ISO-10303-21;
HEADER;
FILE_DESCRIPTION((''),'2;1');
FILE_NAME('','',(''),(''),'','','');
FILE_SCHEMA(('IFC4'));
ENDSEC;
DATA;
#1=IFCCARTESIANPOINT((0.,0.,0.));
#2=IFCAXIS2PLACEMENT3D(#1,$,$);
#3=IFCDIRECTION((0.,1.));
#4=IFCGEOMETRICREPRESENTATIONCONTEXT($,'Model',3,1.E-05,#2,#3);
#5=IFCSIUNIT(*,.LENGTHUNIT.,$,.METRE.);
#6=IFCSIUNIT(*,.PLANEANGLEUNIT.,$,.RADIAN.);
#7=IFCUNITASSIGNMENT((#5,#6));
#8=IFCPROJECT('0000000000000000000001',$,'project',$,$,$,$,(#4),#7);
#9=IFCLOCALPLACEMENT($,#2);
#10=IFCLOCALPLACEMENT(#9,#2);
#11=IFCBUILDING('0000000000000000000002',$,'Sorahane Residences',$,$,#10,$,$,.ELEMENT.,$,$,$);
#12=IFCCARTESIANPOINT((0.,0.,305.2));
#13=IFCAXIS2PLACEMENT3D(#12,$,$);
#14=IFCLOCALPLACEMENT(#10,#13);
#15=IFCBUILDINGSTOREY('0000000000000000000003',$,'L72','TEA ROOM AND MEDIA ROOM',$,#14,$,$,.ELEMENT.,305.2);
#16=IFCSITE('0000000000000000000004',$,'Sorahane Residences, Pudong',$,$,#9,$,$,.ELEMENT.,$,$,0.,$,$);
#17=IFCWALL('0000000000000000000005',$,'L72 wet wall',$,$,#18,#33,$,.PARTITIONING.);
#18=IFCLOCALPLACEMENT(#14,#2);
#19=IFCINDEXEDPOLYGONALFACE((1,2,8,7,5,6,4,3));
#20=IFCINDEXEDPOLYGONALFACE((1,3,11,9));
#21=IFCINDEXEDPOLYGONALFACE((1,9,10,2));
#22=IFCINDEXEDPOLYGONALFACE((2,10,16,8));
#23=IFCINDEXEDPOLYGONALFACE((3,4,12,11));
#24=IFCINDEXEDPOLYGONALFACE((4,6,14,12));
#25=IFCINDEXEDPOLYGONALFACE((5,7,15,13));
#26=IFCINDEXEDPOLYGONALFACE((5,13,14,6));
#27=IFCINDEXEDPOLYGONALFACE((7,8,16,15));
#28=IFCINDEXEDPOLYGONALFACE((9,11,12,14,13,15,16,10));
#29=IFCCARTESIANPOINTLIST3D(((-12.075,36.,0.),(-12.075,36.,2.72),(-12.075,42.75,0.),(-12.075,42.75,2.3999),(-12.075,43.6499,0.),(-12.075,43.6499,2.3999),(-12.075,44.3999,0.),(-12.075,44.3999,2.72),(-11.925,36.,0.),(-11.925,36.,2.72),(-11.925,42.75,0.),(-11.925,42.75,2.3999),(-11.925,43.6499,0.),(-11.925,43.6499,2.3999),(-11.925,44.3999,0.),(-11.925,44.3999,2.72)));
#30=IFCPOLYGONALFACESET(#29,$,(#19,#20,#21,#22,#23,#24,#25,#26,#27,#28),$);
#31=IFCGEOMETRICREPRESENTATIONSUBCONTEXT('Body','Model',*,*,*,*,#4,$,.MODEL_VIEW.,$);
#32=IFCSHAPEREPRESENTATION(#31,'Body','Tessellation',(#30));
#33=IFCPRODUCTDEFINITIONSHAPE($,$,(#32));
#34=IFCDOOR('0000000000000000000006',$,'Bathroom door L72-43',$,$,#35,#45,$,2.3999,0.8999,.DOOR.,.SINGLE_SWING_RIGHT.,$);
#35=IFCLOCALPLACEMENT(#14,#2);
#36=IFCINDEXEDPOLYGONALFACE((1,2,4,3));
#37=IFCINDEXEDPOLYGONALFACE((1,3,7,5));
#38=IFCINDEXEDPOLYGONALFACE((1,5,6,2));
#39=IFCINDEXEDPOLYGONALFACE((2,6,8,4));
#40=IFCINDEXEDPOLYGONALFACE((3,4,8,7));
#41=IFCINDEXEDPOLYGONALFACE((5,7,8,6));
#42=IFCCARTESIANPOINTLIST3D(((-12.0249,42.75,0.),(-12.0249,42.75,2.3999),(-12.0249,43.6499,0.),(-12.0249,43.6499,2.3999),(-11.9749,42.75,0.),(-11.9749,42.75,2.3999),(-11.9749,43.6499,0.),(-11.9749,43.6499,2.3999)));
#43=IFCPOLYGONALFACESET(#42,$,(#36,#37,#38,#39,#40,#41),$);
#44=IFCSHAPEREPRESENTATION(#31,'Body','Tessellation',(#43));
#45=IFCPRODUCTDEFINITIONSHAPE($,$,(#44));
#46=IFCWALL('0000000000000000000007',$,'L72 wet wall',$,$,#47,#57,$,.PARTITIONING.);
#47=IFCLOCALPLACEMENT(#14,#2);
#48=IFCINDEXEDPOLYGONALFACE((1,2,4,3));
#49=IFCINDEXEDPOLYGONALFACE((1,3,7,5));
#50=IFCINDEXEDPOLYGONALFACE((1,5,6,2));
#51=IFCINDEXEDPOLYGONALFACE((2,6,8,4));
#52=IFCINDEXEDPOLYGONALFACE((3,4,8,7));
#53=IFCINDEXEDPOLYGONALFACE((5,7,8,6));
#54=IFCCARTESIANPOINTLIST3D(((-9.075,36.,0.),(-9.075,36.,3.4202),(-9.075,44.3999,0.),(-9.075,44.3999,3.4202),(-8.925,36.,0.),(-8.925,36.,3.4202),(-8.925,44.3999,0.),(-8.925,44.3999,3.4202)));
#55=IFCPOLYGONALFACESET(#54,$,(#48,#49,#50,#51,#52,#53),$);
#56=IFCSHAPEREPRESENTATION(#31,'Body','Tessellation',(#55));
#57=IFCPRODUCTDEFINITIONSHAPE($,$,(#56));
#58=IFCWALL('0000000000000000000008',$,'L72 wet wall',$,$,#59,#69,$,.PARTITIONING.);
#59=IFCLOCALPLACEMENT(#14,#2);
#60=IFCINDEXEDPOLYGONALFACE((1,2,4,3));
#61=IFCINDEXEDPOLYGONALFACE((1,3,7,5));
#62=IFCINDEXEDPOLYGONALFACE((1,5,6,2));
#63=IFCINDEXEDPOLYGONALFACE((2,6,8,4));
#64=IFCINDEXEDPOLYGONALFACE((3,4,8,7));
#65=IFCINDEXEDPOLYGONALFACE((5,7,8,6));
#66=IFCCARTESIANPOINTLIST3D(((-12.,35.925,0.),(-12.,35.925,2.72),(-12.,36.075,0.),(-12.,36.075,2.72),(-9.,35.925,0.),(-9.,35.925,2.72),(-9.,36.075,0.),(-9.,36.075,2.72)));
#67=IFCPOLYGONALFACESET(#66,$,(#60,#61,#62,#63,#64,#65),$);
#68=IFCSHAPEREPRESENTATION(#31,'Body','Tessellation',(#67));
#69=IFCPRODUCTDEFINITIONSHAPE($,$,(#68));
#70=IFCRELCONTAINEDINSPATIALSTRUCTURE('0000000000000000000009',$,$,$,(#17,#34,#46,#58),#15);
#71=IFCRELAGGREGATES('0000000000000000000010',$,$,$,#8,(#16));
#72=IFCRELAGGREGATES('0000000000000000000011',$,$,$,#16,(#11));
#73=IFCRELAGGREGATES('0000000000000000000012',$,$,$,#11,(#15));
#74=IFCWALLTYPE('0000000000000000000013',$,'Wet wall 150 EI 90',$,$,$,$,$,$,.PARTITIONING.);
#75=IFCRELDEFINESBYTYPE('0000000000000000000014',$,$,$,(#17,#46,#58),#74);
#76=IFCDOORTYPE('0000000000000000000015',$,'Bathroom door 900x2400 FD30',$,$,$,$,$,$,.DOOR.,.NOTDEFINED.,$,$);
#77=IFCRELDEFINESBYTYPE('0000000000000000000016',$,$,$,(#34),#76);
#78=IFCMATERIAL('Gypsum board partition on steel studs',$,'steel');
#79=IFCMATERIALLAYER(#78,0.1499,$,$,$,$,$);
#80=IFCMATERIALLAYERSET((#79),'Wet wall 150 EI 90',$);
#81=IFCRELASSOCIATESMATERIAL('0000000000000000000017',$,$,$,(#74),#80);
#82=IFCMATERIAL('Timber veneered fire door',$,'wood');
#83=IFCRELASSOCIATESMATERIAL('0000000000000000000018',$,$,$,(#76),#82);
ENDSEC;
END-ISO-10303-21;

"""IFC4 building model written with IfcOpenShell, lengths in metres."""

from ifc_helpers import new_model, si_unit, direction, frame, frame_2d, origin, place, context, subcontext, project, spatial, rectangle, extrude, material, layer, layer_set, type_object, element, fill, save


model = new_model("IFC4")

# Units and contexts
model_context = context("Model", 3, precision=1e-05, world=origin(), true_north=direction((0.0, 1.0)))
body_context = subcontext(model_context, "Body", "Model", "MODEL_VIEW")
ifc_project = project(units=[si_unit("LENGTHUNIT", "METRE"), si_unit("PLANEANGLEUNIT", "RADIAN")], contexts=[model_context])

# Site, building, storey
site_placement = place(None, origin())
site = spatial("IfcSite", under=ifc_project, at=site_placement, Name="Sorahane Residences, Pudong", CompositionType="ELEMENT", RefElevation=0.0)
building_placement = place(site_placement, origin())
building = spatial("IfcBuilding", under=site, at=building_placement, Name="Sorahane Residences", CompositionType="ELEMENT")
storey_placement = place(building_placement, frame((0.0, 0.0, 305.2)))
storey = spatial("IfcBuildingStorey", under=building, at=storey_placement, Name="L72", Description="TEA ROOM AND MEDIA ROOM", CompositionType="ELEMENT", Elevation=305.2)

# Wall, opening, door
ifc_material_1 = material(Name="Gypsum board partition on steel studs", Category="steel")
ifc_layer_1 = layer(ifc_material_1, 0.1499)
ifc_layer_set_1 = layer_set([ifc_layer_1], Name="Wet wall 150 EI 90")
wall_type_1 = type_object("IfcWallType", Name="Wet wall 150 EI 90", PredefinedType="PARTITIONING", material=ifc_layer_set_1)
wall_1_placement = place(storey_placement, frame((-12.0, 36.0, 0.0), z_axis=(0.0, 0.0, 1.0), x_axis=(0.0, 1.0, 0.0)))
wall_1 = element("IfcWall", 1, at=wall_1_placement, inside=storey, type_object=wall_type_1, Name="L72 wet wall", PredefinedType="PARTITIONING", context=body_context, shape_type="SweptSolid", body=[
    extrude(rectangle(XDim=8.3999, YDim=0.1499, at=frame_2d((4.2, 0.0))), origin(), (0.0, 0.0, 1.0), 2.72),
])
opening_1_placement = place(wall_1_placement, frame((6.75, 0.0, 0.0)))
opening_1 = element("IfcOpeningElement", 2, at=opening_1_placement, cuts=wall_1, PredefinedType="OPENING", context=body_context, shape_type="SweptSolid", body=[
    extrude(rectangle(XDim=0.8999, YDim=2.3999, at=frame_2d((0.45, 1.2))), frame((0.0, 0.085, 0.0), z_axis=(0.0, -1.0, 0.0), x_axis=(1.0, 0.0, 0.0)), (0.0, 0.0, 1.0), 0.1699),
])
ifc_material_2 = material(Name="Timber veneered fire door", Category="wood")
door_type_1 = type_object("IfcDoorType", Name="Bathroom door 900x2400 FD30", OperationType="NOTDEFINED", PredefinedType="DOOR", material=ifc_material_2)
door_1_placement = place(opening_1_placement, origin())
door_1 = element("IfcDoor", 3, at=door_1_placement, inside=storey, type_object=door_type_1, Name="Bathroom door L72-43", OperationType="SINGLE_SWING_RIGHT", OverallHeight=2.3999, OverallWidth=0.8999, PredefinedType="DOOR", context=body_context, shape_type="SweptSolid", body=[
    extrude(rectangle(XDim=0.8999, YDim=2.3999, at=frame_2d((0.45, 1.2))), frame((0.0, 0.0249, 0.0), z_axis=(0.0, -1.0, 0.0), x_axis=(1.0, 0.0, 0.0)), (0.0, 0.0, 1.0), 0.05),
])
fill(opening_1, door_1)

# Walls
wall_2_placement = place(storey_placement, frame((-9.0, 36.0, 0.0), z_axis=(0.0, 0.0, 1.0), x_axis=(0.0, 1.0, 0.0)))
element("IfcWall", 4, at=wall_2_placement, inside=storey, type_object=wall_type_1, Name="L72 wet wall", PredefinedType="PARTITIONING", context=body_context, shape_type="SweptSolid", body=[
    extrude(rectangle(XDim=8.3999, YDim=0.1499, at=frame_2d((4.2, 0.0))), origin(), (0.0, 0.0, 1.0), 3.4202),
])
wall_3_placement = place(storey_placement, frame((-12.0, 36.0, 0.0), z_axis=(0.0, 0.0, 1.0), x_axis=(1.0, 0.0, 0.0)))
element("IfcWall", 5, at=wall_3_placement, inside=storey, type_object=wall_type_1, Name="L72 wet wall", PredefinedType="PARTITIONING", context=body_context, shape_type="SweptSolid", body=[
    extrude(rectangle(XDim=3.0, YDim=0.1499, at=frame_2d((1.5, 0.0))), origin(), (0.0, 0.0, 1.0), 2.72),
])

save(model, "model.ifc")
